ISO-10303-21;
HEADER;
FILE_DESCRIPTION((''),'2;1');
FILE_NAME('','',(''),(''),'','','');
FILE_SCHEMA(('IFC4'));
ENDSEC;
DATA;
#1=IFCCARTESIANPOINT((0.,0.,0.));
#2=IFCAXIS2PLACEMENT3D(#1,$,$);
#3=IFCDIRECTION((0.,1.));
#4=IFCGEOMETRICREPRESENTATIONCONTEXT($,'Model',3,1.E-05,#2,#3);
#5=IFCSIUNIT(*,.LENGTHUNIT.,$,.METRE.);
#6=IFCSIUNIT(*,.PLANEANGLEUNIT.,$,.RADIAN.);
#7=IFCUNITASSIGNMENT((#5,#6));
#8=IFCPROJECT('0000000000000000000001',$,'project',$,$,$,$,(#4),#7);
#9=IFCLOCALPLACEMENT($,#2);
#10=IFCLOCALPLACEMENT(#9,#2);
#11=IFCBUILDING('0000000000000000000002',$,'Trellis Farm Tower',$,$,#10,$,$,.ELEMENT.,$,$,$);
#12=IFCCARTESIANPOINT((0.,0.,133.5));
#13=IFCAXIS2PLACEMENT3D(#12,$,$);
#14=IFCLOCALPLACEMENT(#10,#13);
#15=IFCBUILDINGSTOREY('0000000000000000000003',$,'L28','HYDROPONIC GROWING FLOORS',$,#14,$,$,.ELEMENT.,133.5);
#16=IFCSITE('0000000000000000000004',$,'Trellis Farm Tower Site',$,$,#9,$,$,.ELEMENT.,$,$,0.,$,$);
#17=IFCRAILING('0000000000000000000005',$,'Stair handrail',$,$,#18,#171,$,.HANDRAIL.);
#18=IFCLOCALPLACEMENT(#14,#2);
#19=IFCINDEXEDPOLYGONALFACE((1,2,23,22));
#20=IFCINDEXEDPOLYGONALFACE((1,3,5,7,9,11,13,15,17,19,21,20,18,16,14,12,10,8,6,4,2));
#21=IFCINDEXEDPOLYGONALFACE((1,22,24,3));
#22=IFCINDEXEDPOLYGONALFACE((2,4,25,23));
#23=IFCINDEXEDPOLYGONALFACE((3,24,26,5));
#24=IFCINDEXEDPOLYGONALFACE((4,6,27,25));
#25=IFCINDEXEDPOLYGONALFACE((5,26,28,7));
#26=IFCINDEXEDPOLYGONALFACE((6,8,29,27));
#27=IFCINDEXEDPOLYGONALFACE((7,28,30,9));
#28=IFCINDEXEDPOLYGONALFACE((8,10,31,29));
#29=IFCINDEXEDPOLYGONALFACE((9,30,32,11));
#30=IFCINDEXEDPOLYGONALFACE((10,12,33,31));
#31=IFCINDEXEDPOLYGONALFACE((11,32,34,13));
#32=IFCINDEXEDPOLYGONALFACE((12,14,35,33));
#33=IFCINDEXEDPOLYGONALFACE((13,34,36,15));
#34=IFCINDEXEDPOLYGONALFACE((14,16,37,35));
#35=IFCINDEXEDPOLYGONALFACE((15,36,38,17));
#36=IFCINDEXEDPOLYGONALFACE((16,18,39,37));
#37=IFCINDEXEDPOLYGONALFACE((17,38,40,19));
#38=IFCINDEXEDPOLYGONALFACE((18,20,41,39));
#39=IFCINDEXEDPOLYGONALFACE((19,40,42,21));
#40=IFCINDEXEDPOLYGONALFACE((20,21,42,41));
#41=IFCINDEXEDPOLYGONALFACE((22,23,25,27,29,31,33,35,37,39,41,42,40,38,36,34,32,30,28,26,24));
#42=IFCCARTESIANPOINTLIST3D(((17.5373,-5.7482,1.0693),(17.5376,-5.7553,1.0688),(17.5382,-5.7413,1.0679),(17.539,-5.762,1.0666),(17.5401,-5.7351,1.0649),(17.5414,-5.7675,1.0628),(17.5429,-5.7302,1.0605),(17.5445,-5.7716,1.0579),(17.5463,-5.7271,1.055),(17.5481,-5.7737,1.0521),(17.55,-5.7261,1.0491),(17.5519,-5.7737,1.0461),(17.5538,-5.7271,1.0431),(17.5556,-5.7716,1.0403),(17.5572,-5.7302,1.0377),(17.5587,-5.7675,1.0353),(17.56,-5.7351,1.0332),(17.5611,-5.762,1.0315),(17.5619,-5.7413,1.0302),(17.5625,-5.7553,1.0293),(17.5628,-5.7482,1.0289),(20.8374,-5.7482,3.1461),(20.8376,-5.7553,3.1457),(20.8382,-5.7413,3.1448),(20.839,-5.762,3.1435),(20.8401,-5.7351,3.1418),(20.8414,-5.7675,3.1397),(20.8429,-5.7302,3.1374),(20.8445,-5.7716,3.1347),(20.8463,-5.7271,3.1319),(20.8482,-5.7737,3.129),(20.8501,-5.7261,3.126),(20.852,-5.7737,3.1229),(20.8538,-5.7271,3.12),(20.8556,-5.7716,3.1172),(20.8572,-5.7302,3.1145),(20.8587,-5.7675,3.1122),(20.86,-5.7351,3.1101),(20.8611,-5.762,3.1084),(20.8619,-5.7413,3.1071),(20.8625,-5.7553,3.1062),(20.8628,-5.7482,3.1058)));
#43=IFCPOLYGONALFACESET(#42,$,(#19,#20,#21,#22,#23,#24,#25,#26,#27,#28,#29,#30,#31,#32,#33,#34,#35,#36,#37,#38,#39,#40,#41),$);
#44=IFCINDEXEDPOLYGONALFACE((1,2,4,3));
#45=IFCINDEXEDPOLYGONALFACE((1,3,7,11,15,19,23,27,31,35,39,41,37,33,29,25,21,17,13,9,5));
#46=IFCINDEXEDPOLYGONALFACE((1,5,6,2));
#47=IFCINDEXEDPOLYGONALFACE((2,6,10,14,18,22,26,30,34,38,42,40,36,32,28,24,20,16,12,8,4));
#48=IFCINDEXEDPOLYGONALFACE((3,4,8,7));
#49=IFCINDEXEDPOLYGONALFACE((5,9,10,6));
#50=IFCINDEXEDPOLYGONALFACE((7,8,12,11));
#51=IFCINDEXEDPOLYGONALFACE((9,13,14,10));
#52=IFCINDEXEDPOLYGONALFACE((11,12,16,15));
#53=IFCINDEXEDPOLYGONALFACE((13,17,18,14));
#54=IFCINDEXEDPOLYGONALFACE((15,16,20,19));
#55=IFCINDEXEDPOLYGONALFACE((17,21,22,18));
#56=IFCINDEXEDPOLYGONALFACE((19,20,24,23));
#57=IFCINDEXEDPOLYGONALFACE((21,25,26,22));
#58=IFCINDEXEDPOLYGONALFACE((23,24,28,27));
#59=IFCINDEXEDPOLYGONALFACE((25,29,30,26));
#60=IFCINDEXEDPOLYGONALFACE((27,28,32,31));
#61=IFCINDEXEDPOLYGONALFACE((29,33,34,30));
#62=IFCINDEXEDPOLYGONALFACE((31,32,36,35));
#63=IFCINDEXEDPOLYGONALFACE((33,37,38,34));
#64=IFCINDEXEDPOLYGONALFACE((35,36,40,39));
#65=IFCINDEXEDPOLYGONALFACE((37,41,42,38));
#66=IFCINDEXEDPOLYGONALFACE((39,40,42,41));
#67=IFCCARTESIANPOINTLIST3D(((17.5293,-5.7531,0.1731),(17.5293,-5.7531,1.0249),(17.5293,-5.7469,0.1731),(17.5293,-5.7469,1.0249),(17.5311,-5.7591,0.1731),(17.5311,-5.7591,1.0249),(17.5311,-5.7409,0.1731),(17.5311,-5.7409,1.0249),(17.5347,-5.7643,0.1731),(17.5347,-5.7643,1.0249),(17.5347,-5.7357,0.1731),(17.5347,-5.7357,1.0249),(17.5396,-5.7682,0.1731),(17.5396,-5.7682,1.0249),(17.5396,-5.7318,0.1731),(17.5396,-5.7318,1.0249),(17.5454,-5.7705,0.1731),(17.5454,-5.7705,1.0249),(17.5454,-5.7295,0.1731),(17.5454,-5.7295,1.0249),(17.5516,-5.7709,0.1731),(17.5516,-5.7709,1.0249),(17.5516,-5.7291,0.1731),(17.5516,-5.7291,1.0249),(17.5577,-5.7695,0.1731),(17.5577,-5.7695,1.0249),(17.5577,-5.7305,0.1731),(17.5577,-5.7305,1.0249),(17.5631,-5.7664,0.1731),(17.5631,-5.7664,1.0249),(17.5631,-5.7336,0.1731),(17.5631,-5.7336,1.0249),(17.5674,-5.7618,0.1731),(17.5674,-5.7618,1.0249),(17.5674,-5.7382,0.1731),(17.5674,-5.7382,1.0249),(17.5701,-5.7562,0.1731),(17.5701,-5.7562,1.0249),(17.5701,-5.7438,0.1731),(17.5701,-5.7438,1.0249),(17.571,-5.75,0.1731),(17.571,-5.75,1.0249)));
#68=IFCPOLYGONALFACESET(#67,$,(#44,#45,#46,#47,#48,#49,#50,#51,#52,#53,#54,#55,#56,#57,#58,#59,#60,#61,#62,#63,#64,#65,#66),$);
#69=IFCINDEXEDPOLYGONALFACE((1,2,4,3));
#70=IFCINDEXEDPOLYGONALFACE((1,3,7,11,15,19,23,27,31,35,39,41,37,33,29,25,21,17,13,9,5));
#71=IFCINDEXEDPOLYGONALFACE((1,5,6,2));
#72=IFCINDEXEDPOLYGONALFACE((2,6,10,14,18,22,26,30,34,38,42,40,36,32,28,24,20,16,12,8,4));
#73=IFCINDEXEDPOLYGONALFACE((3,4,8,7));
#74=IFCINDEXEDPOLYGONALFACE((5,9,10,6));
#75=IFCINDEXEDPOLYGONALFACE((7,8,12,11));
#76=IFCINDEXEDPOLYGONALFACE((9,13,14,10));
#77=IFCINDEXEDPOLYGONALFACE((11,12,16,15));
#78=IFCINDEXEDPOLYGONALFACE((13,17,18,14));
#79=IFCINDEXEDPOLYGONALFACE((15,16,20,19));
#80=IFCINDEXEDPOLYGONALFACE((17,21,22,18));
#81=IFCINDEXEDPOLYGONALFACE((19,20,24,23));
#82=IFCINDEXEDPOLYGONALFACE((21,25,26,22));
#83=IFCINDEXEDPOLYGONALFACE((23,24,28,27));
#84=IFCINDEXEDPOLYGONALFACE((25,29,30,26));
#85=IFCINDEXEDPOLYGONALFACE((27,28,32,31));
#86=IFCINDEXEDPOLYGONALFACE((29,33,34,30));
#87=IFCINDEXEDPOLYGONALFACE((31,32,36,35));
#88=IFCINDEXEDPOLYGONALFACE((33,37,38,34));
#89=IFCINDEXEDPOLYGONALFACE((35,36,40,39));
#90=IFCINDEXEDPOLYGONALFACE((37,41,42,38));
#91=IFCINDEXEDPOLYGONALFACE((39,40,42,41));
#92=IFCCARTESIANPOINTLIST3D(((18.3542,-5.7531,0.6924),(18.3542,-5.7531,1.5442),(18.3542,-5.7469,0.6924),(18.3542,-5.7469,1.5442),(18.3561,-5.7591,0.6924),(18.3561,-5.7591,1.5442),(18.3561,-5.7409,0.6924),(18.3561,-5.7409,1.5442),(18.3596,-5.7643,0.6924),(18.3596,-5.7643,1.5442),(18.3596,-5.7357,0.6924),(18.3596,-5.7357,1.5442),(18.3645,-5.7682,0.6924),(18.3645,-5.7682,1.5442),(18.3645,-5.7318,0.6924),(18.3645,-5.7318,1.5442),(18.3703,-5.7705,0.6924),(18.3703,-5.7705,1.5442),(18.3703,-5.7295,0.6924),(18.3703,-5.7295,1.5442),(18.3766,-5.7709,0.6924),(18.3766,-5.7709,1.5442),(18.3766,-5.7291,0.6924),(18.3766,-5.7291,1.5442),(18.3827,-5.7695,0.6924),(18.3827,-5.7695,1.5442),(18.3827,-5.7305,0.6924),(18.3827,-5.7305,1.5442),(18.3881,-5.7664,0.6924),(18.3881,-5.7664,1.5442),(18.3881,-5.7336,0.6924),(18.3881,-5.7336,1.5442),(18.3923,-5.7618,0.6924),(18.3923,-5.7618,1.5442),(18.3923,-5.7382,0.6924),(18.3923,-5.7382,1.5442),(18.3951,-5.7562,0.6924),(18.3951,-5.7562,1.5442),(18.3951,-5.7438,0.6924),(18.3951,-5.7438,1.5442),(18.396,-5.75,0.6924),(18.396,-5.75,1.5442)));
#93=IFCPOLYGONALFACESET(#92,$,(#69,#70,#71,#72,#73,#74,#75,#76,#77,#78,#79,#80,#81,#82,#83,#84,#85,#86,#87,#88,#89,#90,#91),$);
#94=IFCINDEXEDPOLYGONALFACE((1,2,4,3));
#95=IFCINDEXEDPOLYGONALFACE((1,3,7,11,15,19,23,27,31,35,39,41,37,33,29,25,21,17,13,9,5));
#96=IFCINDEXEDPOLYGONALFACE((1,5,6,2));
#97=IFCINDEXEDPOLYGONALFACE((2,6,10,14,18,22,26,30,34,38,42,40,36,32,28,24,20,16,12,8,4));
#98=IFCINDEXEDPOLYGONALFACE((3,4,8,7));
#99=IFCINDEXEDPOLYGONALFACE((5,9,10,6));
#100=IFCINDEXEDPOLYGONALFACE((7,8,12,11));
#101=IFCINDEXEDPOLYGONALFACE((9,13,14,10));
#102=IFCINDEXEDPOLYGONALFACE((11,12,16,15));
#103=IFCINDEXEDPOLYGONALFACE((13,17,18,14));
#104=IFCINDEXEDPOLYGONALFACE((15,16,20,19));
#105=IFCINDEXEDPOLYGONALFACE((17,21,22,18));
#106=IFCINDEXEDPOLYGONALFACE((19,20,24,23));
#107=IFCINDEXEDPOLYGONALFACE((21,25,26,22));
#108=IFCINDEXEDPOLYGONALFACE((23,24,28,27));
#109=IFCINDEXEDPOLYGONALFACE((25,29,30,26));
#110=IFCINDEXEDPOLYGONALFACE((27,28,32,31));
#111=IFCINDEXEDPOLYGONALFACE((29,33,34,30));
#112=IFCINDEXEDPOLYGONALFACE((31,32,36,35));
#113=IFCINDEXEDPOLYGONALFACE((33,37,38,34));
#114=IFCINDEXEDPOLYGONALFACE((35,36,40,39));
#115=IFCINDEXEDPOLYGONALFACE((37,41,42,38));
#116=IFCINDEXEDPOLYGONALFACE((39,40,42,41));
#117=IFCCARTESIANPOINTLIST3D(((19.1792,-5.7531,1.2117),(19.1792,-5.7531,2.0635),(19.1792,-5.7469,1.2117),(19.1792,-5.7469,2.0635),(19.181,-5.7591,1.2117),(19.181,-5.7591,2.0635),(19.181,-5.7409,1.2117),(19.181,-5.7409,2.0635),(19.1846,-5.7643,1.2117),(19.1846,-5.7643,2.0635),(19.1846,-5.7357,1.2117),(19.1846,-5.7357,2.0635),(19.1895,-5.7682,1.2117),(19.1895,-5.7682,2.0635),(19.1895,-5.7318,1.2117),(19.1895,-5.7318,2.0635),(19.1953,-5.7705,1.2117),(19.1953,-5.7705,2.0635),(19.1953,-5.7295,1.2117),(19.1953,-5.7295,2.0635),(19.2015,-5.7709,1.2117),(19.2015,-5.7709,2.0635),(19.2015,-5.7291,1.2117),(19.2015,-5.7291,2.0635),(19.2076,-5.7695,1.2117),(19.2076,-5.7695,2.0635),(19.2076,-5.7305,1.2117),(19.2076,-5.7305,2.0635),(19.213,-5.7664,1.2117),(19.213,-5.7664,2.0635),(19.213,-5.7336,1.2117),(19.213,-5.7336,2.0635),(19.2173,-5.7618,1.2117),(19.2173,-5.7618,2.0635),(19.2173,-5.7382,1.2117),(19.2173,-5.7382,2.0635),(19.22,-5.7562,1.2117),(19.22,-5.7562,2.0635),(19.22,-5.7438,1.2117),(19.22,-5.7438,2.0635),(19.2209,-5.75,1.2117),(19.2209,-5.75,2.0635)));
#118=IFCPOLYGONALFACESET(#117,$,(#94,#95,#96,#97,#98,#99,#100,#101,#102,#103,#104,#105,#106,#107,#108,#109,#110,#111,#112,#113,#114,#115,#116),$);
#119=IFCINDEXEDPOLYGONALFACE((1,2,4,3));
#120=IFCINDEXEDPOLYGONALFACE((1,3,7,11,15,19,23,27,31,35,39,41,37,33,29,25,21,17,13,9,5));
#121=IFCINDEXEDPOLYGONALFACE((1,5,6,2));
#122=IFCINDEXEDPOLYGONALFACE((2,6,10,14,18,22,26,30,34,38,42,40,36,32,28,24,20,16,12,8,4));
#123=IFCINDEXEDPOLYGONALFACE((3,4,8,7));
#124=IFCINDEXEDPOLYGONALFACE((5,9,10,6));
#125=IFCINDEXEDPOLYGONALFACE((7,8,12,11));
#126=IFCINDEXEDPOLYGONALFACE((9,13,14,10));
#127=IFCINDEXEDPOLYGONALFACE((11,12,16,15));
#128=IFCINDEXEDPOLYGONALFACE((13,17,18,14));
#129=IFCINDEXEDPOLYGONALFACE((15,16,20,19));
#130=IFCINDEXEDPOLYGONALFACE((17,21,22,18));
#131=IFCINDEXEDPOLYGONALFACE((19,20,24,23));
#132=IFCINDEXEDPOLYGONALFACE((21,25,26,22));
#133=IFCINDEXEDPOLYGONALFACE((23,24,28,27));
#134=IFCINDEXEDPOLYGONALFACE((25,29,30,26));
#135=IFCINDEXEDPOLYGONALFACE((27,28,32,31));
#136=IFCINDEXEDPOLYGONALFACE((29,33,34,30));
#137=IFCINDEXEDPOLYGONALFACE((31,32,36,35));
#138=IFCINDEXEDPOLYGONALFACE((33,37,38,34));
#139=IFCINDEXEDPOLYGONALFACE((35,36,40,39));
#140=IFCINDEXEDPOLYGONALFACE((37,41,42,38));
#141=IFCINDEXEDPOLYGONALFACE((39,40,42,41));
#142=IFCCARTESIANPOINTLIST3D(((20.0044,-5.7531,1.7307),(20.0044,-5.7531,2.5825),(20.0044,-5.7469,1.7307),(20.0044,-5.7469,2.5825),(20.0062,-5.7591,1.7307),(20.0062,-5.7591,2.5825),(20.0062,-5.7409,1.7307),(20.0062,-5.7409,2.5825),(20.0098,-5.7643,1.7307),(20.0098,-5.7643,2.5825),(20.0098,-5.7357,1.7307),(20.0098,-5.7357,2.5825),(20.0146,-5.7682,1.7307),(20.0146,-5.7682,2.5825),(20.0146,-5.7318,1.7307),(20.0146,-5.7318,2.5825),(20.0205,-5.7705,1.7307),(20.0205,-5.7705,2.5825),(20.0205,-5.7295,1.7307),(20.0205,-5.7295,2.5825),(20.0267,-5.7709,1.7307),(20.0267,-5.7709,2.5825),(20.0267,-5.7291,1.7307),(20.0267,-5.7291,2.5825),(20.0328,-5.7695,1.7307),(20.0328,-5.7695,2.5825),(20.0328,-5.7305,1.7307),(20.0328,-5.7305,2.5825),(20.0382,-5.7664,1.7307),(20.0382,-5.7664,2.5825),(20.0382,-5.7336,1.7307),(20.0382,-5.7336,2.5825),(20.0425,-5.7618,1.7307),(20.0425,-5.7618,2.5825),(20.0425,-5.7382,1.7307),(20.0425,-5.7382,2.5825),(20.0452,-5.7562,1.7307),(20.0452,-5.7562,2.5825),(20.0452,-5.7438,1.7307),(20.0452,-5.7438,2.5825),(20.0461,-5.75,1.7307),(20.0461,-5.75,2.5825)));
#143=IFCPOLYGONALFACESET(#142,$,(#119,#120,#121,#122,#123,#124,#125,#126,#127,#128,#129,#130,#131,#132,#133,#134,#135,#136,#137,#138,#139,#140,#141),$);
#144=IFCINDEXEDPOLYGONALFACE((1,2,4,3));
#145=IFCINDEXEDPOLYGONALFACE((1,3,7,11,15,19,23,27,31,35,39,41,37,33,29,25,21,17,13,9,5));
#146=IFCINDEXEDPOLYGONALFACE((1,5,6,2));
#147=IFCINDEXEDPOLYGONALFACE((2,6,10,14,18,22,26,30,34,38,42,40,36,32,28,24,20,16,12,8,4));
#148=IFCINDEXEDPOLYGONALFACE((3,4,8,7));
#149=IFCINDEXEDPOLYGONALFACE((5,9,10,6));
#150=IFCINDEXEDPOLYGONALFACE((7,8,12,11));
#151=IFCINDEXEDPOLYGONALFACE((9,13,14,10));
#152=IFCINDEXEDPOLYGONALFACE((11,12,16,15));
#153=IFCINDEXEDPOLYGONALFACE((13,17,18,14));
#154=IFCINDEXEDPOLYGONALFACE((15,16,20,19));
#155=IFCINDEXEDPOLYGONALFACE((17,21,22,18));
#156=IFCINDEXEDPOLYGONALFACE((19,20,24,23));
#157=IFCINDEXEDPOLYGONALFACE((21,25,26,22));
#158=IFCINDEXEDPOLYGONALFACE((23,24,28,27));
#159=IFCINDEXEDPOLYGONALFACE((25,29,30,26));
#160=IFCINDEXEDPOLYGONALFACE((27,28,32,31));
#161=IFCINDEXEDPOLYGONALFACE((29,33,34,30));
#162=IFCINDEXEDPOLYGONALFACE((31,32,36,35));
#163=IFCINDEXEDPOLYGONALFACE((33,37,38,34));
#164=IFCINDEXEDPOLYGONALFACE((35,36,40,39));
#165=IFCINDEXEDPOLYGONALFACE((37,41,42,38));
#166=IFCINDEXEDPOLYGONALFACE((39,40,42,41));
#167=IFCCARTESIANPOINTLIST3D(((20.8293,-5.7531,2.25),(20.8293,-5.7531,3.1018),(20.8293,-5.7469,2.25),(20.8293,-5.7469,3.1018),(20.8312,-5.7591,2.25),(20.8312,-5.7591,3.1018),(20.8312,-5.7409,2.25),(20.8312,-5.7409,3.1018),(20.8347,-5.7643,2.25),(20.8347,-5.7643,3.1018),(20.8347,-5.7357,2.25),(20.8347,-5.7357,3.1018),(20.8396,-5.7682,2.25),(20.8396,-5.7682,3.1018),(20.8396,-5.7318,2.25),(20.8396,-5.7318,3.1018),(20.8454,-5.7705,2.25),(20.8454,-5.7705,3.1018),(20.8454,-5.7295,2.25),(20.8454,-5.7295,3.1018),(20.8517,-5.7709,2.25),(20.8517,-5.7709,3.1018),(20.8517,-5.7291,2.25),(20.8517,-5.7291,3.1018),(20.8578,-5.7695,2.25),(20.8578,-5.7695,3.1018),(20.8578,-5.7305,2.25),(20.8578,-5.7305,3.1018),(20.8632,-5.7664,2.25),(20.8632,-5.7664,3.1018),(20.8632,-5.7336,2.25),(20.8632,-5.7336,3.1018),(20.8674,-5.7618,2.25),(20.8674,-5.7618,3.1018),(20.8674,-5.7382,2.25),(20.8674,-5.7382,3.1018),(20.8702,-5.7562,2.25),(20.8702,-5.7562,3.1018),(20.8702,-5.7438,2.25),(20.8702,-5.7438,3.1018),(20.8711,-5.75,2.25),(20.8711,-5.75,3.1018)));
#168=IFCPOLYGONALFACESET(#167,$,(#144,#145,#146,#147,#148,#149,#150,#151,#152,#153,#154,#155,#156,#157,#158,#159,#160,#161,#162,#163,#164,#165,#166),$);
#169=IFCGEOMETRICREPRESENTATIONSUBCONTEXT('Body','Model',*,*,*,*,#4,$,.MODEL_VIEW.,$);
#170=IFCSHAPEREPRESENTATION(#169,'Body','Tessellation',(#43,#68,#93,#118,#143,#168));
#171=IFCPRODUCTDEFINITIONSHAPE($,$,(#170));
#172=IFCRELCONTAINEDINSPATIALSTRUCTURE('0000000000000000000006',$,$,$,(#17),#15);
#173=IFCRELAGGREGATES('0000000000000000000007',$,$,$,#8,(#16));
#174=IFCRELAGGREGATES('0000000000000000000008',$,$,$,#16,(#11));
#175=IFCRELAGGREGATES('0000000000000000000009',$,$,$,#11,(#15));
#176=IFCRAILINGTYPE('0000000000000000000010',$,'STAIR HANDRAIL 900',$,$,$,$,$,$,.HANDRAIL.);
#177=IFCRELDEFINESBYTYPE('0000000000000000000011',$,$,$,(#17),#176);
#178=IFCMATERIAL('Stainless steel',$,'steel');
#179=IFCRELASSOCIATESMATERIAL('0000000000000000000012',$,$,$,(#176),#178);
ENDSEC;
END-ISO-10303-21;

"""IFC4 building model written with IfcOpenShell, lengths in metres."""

from ifc_helpers import new_model, si_unit, direction, frame, origin, origin_2d, place, context, subcontext, project, spatial, circle, extrude, source, transform, mapped, material, type_object, element, save


model = new_model("IFC4")

# Units and contexts
model_context = context("Model", 3, precision=1e-05, world=origin(), true_north=direction((0.0, 1.0)))
body_context = subcontext(model_context, "Body", "Model", "MODEL_VIEW")
ifc_project = project(units=[si_unit("LENGTHUNIT", "METRE"), si_unit("PLANEANGLEUNIT", "RADIAN")], contexts=[model_context])

# Site, building, storey
site_placement = place(None, origin())
site = spatial("IfcSite", under=ifc_project, at=site_placement, Name="Trellis Farm Tower Site", CompositionType="ELEMENT", RefElevation=0.0)
building_placement = place(site_placement, origin())
building = spatial("IfcBuilding", under=site, at=building_placement, Name="Trellis Farm Tower", CompositionType="ELEMENT")
storey_placement = place(building_placement, frame((0.0, 0.0, 133.5)))
storey = spatial("IfcBuildingStorey", under=building, at=storey_placement, Name="L28", Description="HYDROPONIC GROWING FLOORS", CompositionType="ELEMENT", Elevation=133.5)

# Shared definitions
ifc_material_1 = material(Name="Stainless steel", Category="steel")

# Railing
railing_type = type_object("IfcRailingType", Name="STAIR HANDRAIL 900", PredefinedType="HANDRAIL", material=ifc_material_1)
shared_shape_1 = source(origin(), body_context, "Body", "SweptSolid", [
    extrude(circle(Radius=0.0239, at=origin_2d()), frame((0.0, 0.0, 0.876), z_axis=(0.846337, 0.0, 0.532647), x_axis=(0.0, 1.0, 0.0)), (0.0, 0.0, 1.0), 3.8992),
    extrude(circle(Radius=0.021, at=origin_2d()), origin(), (0.0, 0.0, 1.0), 0.8518),
    extrude(circle(Radius=0.021, at=origin_2d()), frame((0.825, 0.0, 0.5193)), (0.0, 0.0, 1.0), 0.8518),
    extrude(circle(Radius=0.021, at=origin_2d()), frame((1.6499, 0.0, 1.0386)), (0.0, 0.0, 1.0), 0.8518),
    extrude(circle(Radius=0.021, at=origin_2d()), frame((2.4751, 0.0, 1.5576)), (0.0, 0.0, 1.0), 0.8518),
    extrude(circle(Radius=0.021, at=origin_2d()), frame((3.3, 0.0, 2.0769)), (0.0, 0.0, 1.0), 0.8518),
])
for number, where, name in (
    (1, (17.55, -5.75, 0.1731), "Stair handrail"),
):
    element("IfcRailing", number, at=place(storey_placement, frame(where)), inside=storey, type_object=railing_type, Name=name, PredefinedType="HANDRAIL", context=body_context, shape_type="MappedRepresentation", body=[
        mapped(shared_shape_1, transform((0.0, 0.0, 0.0))),
    ])

save(model, "model.ifc")
